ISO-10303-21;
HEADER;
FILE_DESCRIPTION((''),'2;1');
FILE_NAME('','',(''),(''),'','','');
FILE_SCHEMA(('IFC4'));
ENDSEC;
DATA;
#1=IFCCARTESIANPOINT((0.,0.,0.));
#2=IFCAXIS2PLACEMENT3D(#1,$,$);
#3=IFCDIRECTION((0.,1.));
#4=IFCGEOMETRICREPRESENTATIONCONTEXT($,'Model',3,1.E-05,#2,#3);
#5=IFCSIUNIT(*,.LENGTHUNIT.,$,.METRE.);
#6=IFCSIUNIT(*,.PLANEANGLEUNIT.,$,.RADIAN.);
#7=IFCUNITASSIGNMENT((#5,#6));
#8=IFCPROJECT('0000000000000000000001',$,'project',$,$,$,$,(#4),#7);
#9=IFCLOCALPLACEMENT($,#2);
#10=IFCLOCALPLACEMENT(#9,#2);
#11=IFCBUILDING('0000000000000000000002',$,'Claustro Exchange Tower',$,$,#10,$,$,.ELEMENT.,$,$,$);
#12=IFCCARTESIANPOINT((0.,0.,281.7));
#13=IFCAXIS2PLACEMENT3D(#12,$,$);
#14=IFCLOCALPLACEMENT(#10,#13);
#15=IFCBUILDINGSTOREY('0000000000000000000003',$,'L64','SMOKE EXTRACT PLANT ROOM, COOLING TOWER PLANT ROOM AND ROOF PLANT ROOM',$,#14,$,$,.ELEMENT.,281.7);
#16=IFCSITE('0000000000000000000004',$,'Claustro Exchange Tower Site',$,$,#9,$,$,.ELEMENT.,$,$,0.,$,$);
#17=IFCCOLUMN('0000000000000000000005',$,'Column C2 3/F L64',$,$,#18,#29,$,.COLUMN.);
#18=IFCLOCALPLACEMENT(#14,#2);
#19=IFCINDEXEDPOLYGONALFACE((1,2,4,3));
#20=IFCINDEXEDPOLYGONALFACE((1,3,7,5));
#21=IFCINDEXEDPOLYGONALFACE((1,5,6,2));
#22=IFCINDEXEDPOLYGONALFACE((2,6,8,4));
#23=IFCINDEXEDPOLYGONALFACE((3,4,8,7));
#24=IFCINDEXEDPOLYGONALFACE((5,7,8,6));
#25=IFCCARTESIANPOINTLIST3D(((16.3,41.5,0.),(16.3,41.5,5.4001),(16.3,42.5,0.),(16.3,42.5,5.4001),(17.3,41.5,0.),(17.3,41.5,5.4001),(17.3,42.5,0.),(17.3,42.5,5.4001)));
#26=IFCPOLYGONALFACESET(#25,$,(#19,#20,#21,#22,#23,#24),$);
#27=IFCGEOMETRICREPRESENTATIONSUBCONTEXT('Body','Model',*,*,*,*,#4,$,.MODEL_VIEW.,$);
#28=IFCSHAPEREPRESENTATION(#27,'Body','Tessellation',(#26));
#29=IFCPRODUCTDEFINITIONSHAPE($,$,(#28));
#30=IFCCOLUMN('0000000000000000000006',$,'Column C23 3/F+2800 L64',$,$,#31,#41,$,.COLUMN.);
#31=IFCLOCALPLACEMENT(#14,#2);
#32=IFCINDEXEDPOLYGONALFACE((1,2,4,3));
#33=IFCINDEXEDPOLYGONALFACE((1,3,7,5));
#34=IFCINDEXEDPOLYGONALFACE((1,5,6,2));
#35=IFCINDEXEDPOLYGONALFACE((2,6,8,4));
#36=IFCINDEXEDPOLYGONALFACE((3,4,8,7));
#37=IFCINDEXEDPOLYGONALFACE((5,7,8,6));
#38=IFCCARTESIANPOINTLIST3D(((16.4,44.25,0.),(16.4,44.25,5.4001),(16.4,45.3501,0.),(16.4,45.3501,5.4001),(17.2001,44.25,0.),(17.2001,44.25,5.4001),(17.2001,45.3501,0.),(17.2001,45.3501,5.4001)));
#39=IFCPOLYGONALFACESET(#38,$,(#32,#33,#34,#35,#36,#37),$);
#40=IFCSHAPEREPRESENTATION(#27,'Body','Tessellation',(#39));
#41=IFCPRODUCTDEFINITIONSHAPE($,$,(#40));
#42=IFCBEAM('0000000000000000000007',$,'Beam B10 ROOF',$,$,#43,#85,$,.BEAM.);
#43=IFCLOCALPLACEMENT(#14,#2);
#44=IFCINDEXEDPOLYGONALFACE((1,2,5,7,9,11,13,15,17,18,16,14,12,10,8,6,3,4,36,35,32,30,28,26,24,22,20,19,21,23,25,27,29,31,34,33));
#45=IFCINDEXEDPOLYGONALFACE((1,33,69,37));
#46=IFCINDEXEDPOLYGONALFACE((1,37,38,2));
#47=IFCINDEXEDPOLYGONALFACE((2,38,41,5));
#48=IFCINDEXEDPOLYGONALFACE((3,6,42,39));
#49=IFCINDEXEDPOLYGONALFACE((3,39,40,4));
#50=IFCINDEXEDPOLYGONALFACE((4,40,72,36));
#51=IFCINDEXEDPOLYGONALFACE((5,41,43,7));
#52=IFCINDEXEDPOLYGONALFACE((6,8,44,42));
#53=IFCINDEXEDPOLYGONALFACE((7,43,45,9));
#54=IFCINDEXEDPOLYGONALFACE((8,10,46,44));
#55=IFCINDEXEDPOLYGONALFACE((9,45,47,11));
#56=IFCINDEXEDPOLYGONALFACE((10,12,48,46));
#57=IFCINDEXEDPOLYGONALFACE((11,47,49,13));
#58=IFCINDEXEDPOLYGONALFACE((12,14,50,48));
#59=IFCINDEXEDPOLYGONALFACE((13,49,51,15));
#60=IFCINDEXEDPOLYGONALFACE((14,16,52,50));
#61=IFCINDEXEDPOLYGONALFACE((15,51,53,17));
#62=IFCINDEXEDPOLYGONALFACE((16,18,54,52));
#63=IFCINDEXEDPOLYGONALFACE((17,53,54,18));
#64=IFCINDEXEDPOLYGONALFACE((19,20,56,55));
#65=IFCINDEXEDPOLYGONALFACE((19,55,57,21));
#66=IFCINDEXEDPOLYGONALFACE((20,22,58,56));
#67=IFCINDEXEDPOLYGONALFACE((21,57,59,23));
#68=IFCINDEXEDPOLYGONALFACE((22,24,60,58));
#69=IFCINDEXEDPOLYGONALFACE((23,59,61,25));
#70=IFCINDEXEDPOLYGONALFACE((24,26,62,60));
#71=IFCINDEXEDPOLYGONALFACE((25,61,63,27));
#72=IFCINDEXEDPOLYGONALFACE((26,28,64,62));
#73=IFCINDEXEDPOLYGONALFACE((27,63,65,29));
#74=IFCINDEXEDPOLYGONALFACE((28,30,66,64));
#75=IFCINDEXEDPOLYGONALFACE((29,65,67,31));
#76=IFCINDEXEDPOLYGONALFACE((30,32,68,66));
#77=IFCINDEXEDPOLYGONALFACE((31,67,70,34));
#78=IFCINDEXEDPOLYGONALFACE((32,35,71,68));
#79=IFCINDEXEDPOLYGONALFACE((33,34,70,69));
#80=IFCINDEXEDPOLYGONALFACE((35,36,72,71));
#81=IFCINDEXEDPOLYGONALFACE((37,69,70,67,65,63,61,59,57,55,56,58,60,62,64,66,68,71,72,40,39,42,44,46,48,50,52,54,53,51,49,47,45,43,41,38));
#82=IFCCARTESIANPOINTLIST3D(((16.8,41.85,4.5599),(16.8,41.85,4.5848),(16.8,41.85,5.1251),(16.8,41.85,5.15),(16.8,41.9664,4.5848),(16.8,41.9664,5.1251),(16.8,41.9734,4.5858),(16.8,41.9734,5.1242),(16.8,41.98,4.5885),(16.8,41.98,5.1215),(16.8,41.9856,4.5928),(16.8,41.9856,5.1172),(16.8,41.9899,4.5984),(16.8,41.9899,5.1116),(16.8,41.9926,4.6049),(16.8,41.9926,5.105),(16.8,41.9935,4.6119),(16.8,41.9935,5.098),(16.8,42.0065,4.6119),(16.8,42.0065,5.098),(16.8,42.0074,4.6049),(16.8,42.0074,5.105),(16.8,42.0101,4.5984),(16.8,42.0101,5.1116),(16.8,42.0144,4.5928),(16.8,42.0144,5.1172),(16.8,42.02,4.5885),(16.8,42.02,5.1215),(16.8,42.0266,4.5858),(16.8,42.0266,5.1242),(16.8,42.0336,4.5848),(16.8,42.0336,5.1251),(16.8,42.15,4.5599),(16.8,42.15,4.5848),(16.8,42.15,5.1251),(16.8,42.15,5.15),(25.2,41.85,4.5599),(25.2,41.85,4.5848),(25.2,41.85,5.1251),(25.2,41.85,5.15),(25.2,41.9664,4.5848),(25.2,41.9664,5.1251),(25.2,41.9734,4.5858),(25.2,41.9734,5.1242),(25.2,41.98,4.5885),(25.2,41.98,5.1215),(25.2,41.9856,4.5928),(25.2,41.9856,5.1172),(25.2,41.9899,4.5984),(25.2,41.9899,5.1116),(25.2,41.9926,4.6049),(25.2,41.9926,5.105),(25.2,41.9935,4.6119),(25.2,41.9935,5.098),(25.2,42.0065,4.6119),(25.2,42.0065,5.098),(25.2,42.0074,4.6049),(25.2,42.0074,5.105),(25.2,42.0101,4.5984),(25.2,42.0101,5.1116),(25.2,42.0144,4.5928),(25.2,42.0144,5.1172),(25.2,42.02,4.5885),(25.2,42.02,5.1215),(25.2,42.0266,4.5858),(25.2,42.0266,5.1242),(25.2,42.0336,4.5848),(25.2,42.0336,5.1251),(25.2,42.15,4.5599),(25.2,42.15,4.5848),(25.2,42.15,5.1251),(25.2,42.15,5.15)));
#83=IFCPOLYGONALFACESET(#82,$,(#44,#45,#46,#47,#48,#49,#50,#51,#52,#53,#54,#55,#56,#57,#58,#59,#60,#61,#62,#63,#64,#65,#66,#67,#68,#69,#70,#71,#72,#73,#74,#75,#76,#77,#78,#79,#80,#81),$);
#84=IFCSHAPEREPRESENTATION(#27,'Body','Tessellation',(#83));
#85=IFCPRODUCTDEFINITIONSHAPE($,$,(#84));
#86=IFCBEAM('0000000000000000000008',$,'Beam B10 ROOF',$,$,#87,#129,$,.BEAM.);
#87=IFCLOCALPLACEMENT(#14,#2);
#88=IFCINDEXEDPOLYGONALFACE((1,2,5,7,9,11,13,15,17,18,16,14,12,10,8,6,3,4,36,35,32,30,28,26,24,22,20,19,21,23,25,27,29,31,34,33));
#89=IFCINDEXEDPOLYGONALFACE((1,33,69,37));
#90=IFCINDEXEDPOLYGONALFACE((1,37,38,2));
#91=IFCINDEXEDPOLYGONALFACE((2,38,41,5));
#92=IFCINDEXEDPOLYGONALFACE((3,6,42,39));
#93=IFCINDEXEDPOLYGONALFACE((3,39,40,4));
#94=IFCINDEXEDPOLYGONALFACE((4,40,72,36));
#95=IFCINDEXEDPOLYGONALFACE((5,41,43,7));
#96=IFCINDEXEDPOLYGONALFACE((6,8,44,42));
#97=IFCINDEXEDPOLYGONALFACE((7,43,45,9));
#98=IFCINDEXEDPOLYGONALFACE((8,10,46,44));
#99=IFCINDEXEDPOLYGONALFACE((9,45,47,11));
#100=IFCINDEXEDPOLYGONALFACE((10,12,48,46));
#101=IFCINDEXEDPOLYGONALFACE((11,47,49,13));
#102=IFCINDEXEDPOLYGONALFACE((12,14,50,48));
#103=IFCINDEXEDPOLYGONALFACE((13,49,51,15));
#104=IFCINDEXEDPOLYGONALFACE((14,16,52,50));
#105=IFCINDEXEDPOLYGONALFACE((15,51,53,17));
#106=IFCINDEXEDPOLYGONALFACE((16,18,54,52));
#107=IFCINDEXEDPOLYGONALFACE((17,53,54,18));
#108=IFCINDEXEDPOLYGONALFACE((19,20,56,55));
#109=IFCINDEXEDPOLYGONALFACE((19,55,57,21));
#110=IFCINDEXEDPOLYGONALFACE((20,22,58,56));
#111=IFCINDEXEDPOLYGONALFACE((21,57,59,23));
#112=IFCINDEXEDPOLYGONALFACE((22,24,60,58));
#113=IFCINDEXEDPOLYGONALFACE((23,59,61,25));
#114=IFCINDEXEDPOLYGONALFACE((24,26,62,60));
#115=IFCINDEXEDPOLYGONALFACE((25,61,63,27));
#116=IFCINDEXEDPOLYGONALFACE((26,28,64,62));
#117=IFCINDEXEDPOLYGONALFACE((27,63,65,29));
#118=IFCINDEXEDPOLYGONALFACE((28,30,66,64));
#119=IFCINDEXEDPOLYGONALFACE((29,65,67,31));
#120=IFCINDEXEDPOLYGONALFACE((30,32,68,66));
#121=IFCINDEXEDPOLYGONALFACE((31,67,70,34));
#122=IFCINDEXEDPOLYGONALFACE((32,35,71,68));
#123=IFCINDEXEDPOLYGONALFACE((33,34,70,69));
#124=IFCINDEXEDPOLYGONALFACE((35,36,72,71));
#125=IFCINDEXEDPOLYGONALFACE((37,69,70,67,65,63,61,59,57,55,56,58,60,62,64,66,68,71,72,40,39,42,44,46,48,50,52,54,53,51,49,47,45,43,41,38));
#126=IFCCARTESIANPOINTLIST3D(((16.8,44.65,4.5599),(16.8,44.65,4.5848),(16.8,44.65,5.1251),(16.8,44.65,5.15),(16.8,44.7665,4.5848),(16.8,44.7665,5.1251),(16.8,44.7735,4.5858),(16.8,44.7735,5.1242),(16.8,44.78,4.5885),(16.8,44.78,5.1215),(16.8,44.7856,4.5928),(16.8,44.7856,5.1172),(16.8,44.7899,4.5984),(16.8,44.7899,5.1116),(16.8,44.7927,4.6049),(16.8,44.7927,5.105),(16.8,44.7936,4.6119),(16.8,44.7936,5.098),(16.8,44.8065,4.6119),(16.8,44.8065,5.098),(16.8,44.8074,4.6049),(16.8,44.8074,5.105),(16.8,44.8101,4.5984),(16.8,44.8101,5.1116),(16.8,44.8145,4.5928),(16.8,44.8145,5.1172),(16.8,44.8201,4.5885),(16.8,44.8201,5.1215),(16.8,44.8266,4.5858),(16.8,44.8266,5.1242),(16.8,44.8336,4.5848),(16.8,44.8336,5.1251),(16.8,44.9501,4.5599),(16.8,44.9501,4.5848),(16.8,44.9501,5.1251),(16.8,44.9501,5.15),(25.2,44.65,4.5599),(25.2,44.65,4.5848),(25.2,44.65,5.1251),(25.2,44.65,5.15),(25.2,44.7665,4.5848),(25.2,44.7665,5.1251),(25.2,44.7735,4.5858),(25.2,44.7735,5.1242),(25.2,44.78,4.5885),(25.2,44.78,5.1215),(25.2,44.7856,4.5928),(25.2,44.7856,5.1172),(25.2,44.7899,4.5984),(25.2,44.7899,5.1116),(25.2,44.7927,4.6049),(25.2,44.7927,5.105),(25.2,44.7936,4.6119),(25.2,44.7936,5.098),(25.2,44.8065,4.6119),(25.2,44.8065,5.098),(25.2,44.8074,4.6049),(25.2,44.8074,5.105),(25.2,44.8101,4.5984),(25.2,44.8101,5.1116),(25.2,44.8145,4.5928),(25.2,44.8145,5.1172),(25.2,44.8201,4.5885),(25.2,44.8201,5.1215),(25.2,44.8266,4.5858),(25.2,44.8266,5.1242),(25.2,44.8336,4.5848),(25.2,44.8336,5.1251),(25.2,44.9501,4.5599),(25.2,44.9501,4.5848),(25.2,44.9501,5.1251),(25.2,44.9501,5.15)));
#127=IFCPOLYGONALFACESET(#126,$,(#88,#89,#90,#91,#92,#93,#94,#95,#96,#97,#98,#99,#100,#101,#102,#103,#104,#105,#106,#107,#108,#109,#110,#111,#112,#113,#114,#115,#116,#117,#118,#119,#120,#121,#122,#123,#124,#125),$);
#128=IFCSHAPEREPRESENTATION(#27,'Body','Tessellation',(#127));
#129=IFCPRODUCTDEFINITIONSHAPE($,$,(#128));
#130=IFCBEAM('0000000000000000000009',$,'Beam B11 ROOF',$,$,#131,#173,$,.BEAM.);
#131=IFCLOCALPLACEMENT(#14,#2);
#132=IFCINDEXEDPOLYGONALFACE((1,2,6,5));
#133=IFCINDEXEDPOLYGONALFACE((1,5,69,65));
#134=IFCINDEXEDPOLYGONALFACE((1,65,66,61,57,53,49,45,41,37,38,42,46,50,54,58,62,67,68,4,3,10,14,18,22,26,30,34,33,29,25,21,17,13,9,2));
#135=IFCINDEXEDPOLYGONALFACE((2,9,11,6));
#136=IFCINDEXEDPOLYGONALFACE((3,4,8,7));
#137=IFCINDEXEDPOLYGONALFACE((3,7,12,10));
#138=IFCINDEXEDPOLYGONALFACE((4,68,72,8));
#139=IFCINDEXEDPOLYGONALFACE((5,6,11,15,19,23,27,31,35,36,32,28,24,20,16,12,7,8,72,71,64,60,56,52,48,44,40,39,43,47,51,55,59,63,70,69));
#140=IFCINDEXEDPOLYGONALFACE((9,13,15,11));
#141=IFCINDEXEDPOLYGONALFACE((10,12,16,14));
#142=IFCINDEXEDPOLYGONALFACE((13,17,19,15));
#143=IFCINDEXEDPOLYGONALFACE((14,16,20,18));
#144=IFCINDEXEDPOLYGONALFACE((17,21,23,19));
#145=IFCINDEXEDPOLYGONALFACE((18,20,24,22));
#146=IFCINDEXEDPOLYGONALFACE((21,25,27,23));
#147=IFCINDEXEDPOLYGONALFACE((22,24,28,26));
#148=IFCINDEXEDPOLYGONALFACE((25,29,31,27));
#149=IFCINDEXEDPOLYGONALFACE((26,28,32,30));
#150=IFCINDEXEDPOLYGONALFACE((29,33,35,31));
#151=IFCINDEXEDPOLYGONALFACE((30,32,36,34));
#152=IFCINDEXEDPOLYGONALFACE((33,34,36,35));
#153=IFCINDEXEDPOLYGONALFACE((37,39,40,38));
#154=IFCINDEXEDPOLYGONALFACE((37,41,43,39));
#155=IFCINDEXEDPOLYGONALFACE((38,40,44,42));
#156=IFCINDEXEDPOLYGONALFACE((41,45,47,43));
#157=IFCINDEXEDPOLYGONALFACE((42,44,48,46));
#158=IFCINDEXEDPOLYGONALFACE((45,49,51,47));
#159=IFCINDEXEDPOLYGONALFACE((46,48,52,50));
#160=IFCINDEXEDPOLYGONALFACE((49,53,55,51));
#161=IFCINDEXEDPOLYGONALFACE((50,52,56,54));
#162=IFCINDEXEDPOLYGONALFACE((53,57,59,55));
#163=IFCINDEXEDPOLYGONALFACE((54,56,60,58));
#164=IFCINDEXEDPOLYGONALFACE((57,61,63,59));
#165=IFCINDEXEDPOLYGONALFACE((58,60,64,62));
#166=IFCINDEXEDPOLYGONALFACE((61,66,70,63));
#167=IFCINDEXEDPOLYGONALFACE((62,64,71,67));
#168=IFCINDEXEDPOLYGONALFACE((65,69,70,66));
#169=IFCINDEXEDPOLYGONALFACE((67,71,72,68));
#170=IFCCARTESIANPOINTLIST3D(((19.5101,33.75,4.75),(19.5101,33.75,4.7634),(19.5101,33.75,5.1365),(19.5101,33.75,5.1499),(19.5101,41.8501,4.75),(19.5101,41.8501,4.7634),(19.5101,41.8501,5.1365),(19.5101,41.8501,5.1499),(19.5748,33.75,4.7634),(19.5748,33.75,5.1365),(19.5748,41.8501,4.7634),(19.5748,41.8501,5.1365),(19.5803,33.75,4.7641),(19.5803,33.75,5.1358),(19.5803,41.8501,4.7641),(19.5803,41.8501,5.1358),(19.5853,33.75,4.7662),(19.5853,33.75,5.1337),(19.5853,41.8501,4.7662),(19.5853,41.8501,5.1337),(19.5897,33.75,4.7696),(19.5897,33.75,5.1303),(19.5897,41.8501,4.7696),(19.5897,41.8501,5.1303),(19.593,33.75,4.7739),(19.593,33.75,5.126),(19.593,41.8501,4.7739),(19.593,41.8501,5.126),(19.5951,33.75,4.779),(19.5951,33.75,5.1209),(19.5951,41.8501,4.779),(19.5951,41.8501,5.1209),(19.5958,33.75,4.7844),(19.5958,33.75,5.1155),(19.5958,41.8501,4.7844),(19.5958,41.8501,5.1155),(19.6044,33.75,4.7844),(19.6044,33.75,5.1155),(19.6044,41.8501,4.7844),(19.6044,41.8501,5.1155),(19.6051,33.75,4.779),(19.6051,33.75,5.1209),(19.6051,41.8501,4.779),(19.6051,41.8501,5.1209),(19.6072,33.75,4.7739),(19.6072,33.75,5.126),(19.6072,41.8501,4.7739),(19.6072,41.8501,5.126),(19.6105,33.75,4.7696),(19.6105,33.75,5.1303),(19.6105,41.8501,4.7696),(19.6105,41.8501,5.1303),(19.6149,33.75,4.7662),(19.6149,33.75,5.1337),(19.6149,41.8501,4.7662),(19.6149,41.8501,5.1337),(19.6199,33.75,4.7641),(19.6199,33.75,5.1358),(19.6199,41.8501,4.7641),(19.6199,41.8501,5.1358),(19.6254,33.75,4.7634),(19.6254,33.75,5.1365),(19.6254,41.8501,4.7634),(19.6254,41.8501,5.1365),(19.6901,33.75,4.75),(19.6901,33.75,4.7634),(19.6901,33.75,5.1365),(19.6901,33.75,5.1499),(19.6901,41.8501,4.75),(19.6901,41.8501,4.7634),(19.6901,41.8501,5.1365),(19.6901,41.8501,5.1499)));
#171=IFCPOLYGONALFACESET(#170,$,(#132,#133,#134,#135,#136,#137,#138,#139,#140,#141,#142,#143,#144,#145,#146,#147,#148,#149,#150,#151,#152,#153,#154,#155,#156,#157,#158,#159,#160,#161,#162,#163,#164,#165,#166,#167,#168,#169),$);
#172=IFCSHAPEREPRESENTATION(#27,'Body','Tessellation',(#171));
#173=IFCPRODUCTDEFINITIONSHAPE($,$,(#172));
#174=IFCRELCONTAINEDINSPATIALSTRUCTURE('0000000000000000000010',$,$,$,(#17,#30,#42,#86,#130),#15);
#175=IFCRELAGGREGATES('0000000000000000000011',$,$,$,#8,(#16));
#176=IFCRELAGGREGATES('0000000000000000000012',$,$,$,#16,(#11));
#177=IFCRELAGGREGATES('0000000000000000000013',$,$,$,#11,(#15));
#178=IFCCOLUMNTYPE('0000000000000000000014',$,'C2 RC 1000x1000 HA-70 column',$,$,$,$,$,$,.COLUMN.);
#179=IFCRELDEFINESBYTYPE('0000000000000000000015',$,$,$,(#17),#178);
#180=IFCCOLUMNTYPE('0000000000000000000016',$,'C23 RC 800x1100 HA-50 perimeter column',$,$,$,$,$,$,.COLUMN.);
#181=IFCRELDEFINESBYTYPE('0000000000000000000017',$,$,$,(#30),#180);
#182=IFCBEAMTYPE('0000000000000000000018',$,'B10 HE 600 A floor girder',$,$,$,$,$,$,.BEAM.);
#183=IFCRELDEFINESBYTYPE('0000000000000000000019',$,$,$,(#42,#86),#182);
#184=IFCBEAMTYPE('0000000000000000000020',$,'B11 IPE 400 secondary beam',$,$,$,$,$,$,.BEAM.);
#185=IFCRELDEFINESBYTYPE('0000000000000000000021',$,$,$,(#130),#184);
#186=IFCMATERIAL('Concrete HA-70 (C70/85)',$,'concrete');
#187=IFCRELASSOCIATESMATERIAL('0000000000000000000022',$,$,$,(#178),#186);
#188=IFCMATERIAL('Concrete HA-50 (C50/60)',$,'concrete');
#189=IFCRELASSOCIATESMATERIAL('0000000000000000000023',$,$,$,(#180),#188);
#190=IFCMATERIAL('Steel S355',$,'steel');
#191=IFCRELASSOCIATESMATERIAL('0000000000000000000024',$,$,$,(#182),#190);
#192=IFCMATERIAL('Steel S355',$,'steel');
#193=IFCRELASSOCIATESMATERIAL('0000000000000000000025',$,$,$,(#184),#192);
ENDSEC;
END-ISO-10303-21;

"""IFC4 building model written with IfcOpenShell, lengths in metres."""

from ifc_helpers import new_model, si_unit, direction, frame, origin, origin_2d, place, context, subcontext, project, spatial, rectangle, i_section, extrude, material, material_profile, profile_set, type_object, element, save


model = new_model("IFC4")

# Units and contexts
model_context = context("Model", 3, precision=1e-05, world=origin(), true_north=direction((0.0, 1.0)))
body_context = subcontext(model_context, "Body", "Model", "MODEL_VIEW")
ifc_project = project(units=[si_unit("LENGTHUNIT", "METRE"), si_unit("PLANEANGLEUNIT", "RADIAN")], contexts=[model_context])

# Site, building, storey
site_placement = place(None, origin())
site = spatial("IfcSite", under=ifc_project, at=site_placement, Name="Claustro Exchange Tower Site", CompositionType="ELEMENT", RefElevation=0.0)
building_placement = place(site_placement, origin())
building = spatial("IfcBuilding", under=site, at=building_placement, Name="Claustro Exchange Tower", CompositionType="ELEMENT")
storey_placement = place(building_placement, frame((0.0, 0.0, 281.7)))
storey = spatial("IfcBuildingStorey", under=building, at=storey_placement, Name="L64", Description="SMOKE EXTRACT PLANT ROOM, COOLING TOWER PLANT ROOM AND ROOF PLANT ROOM", CompositionType="ELEMENT", Elevation=281.7)

# Columns
ifc_material_1 = material(Name="Concrete HA-70 (C70/85)", Category="concrete")
ifc_material_profile_1 = material_profile(ifc_material_1, rectangle(XDim=1.0, YDim=1.0, at=origin_2d()), Name="RC 1000x1000")
ifc_profile_set_1 = profile_set([ifc_material_profile_1], Name="Concrete HA-70 (C70/85)")
column_type_1 = type_object("IfcColumnType", Name="C2 RC 1000x1000 HA-70 column", PredefinedType="COLUMN", material=ifc_profile_set_1)
column_1_placement = place(storey_placement, frame((16.8, 42.0, 0.0), z_axis=(0.0, 0.0, 1.0), x_axis=(1.0, 0.0, 0.0)))
element("IfcColumn", 1, at=column_1_placement, inside=storey, type_object=column_type_1, Name="Column C2 3/F L64", PredefinedType="COLUMN", context=body_context, shape_type="SweptSolid", body=[
    extrude(rectangle(XDim=1.0, YDim=1.0, at=origin_2d()), origin(), (0.0, 0.0, 1.0), 5.4001),
])
ifc_material_2 = material(Name="Concrete HA-50 (C50/60)", Category="concrete")
ifc_material_profile_2 = material_profile(ifc_material_2, rectangle(XDim=0.8, YDim=1.1001, at=origin_2d()), Name="RC 800x1100")
ifc_profile_set_2 = profile_set([ifc_material_profile_2], Name="Concrete HA-50 (C50/60)")
column_type_2 = type_object("IfcColumnType", Name="C23 RC 800x1100 HA-50 perimeter column", PredefinedType="COLUMN", material=ifc_profile_set_2)
column_2_placement = place(storey_placement, frame((16.8, 44.8, 0.0), z_axis=(0.0, 0.0, 1.0), x_axis=(1.0, 0.0, 0.0)))
element("IfcColumn", 2, at=column_2_placement, inside=storey, type_object=column_type_2, Name="Column C23 3/F+2800 L64", PredefinedType="COLUMN", context=body_context, shape_type="SweptSolid", body=[
    extrude(rectangle(XDim=0.8, YDim=1.1001, at=origin_2d()), origin(), (0.0, 0.0, 1.0), 5.4001),
])

# Beams
ifc_material_3 = material(Name="Steel S355", Category="steel")
ifc_material_profile_3 = material_profile(ifc_material_3, i_section(OverallWidth=0.3, OverallDepth=0.5901, WebThickness=0.0129, FlangeThickness=0.0249, FilletRadius=0.0271, at=origin_2d()), Name="HE 600 A")
ifc_profile_set_3 = profile_set([ifc_material_profile_3], Name="Steel S355")
beam_type_1 = type_object("IfcBeamType", Name="B10 HE 600 A floor girder", PredefinedType="BEAM", material=ifc_profile_set_3)
for number, where, z_axis, x_axis, name in (
    (3, (16.8, 42.0, 4.855), (1.0, 0.0, 0.0), (0.0, 1.0, 0.0), "Beam B10 ROOF"),
    (4, (16.8, 44.8, 4.855), (1.0, 0.0, 0.0), (0.0, 1.0, 0.0), "Beam B10 ROOF"),
):
    element("IfcBeam", number, at=place(storey_placement, frame(where, z_axis=z_axis, x_axis=x_axis)), inside=storey, type_object=beam_type_1, Name=name, PredefinedType="BEAM", context=body_context, shape_type="SweptSolid", body=[
        extrude(i_section(OverallWidth=0.3, OverallDepth=0.5901, WebThickness=0.0129, FlangeThickness=0.0249, FilletRadius=0.0271, at=origin_2d()), origin(), (0.0, 0.0, 1.0), 8.3999),
    ])
ifc_material_4 = material(Name="Steel S355", Category="steel")
ifc_material_profile_4 = material_profile(ifc_material_4, i_section(OverallWidth=0.1799, OverallDepth=0.3999, WebThickness=0.0085, FlangeThickness=0.0134, FilletRadius=0.021, at=origin_2d()), Name="IPE 400")
ifc_profile_set_4 = profile_set([ifc_material_profile_4], Name="Steel S355")
beam_type_2 = type_object("IfcBeamType", Name="B11 IPE 400 secondary beam", PredefinedType="BEAM", material=ifc_profile_set_4)
for number, where, z_axis, x_axis, name in (
    (5, (19.6001, 33.75, 4.95), (0.0, 1.0, 0.0), (-1.0, 0.0, 0.0), "Beam B11 ROOF"),
):
    element("IfcBeam", number, at=place(storey_placement, frame(where, z_axis=z_axis, x_axis=x_axis)), inside=storey, type_object=beam_type_2, Name=name, PredefinedType="BEAM", context=body_context, shape_type="SweptSolid", body=[
        extrude(i_section(OverallWidth=0.1799, OverallDepth=0.3999, WebThickness=0.0085, FlangeThickness=0.0134, FilletRadius=0.021, at=origin_2d()), origin(), (0.0, 0.0, 1.0), 8.1001),
    ])

save(model, "model.ifc")
